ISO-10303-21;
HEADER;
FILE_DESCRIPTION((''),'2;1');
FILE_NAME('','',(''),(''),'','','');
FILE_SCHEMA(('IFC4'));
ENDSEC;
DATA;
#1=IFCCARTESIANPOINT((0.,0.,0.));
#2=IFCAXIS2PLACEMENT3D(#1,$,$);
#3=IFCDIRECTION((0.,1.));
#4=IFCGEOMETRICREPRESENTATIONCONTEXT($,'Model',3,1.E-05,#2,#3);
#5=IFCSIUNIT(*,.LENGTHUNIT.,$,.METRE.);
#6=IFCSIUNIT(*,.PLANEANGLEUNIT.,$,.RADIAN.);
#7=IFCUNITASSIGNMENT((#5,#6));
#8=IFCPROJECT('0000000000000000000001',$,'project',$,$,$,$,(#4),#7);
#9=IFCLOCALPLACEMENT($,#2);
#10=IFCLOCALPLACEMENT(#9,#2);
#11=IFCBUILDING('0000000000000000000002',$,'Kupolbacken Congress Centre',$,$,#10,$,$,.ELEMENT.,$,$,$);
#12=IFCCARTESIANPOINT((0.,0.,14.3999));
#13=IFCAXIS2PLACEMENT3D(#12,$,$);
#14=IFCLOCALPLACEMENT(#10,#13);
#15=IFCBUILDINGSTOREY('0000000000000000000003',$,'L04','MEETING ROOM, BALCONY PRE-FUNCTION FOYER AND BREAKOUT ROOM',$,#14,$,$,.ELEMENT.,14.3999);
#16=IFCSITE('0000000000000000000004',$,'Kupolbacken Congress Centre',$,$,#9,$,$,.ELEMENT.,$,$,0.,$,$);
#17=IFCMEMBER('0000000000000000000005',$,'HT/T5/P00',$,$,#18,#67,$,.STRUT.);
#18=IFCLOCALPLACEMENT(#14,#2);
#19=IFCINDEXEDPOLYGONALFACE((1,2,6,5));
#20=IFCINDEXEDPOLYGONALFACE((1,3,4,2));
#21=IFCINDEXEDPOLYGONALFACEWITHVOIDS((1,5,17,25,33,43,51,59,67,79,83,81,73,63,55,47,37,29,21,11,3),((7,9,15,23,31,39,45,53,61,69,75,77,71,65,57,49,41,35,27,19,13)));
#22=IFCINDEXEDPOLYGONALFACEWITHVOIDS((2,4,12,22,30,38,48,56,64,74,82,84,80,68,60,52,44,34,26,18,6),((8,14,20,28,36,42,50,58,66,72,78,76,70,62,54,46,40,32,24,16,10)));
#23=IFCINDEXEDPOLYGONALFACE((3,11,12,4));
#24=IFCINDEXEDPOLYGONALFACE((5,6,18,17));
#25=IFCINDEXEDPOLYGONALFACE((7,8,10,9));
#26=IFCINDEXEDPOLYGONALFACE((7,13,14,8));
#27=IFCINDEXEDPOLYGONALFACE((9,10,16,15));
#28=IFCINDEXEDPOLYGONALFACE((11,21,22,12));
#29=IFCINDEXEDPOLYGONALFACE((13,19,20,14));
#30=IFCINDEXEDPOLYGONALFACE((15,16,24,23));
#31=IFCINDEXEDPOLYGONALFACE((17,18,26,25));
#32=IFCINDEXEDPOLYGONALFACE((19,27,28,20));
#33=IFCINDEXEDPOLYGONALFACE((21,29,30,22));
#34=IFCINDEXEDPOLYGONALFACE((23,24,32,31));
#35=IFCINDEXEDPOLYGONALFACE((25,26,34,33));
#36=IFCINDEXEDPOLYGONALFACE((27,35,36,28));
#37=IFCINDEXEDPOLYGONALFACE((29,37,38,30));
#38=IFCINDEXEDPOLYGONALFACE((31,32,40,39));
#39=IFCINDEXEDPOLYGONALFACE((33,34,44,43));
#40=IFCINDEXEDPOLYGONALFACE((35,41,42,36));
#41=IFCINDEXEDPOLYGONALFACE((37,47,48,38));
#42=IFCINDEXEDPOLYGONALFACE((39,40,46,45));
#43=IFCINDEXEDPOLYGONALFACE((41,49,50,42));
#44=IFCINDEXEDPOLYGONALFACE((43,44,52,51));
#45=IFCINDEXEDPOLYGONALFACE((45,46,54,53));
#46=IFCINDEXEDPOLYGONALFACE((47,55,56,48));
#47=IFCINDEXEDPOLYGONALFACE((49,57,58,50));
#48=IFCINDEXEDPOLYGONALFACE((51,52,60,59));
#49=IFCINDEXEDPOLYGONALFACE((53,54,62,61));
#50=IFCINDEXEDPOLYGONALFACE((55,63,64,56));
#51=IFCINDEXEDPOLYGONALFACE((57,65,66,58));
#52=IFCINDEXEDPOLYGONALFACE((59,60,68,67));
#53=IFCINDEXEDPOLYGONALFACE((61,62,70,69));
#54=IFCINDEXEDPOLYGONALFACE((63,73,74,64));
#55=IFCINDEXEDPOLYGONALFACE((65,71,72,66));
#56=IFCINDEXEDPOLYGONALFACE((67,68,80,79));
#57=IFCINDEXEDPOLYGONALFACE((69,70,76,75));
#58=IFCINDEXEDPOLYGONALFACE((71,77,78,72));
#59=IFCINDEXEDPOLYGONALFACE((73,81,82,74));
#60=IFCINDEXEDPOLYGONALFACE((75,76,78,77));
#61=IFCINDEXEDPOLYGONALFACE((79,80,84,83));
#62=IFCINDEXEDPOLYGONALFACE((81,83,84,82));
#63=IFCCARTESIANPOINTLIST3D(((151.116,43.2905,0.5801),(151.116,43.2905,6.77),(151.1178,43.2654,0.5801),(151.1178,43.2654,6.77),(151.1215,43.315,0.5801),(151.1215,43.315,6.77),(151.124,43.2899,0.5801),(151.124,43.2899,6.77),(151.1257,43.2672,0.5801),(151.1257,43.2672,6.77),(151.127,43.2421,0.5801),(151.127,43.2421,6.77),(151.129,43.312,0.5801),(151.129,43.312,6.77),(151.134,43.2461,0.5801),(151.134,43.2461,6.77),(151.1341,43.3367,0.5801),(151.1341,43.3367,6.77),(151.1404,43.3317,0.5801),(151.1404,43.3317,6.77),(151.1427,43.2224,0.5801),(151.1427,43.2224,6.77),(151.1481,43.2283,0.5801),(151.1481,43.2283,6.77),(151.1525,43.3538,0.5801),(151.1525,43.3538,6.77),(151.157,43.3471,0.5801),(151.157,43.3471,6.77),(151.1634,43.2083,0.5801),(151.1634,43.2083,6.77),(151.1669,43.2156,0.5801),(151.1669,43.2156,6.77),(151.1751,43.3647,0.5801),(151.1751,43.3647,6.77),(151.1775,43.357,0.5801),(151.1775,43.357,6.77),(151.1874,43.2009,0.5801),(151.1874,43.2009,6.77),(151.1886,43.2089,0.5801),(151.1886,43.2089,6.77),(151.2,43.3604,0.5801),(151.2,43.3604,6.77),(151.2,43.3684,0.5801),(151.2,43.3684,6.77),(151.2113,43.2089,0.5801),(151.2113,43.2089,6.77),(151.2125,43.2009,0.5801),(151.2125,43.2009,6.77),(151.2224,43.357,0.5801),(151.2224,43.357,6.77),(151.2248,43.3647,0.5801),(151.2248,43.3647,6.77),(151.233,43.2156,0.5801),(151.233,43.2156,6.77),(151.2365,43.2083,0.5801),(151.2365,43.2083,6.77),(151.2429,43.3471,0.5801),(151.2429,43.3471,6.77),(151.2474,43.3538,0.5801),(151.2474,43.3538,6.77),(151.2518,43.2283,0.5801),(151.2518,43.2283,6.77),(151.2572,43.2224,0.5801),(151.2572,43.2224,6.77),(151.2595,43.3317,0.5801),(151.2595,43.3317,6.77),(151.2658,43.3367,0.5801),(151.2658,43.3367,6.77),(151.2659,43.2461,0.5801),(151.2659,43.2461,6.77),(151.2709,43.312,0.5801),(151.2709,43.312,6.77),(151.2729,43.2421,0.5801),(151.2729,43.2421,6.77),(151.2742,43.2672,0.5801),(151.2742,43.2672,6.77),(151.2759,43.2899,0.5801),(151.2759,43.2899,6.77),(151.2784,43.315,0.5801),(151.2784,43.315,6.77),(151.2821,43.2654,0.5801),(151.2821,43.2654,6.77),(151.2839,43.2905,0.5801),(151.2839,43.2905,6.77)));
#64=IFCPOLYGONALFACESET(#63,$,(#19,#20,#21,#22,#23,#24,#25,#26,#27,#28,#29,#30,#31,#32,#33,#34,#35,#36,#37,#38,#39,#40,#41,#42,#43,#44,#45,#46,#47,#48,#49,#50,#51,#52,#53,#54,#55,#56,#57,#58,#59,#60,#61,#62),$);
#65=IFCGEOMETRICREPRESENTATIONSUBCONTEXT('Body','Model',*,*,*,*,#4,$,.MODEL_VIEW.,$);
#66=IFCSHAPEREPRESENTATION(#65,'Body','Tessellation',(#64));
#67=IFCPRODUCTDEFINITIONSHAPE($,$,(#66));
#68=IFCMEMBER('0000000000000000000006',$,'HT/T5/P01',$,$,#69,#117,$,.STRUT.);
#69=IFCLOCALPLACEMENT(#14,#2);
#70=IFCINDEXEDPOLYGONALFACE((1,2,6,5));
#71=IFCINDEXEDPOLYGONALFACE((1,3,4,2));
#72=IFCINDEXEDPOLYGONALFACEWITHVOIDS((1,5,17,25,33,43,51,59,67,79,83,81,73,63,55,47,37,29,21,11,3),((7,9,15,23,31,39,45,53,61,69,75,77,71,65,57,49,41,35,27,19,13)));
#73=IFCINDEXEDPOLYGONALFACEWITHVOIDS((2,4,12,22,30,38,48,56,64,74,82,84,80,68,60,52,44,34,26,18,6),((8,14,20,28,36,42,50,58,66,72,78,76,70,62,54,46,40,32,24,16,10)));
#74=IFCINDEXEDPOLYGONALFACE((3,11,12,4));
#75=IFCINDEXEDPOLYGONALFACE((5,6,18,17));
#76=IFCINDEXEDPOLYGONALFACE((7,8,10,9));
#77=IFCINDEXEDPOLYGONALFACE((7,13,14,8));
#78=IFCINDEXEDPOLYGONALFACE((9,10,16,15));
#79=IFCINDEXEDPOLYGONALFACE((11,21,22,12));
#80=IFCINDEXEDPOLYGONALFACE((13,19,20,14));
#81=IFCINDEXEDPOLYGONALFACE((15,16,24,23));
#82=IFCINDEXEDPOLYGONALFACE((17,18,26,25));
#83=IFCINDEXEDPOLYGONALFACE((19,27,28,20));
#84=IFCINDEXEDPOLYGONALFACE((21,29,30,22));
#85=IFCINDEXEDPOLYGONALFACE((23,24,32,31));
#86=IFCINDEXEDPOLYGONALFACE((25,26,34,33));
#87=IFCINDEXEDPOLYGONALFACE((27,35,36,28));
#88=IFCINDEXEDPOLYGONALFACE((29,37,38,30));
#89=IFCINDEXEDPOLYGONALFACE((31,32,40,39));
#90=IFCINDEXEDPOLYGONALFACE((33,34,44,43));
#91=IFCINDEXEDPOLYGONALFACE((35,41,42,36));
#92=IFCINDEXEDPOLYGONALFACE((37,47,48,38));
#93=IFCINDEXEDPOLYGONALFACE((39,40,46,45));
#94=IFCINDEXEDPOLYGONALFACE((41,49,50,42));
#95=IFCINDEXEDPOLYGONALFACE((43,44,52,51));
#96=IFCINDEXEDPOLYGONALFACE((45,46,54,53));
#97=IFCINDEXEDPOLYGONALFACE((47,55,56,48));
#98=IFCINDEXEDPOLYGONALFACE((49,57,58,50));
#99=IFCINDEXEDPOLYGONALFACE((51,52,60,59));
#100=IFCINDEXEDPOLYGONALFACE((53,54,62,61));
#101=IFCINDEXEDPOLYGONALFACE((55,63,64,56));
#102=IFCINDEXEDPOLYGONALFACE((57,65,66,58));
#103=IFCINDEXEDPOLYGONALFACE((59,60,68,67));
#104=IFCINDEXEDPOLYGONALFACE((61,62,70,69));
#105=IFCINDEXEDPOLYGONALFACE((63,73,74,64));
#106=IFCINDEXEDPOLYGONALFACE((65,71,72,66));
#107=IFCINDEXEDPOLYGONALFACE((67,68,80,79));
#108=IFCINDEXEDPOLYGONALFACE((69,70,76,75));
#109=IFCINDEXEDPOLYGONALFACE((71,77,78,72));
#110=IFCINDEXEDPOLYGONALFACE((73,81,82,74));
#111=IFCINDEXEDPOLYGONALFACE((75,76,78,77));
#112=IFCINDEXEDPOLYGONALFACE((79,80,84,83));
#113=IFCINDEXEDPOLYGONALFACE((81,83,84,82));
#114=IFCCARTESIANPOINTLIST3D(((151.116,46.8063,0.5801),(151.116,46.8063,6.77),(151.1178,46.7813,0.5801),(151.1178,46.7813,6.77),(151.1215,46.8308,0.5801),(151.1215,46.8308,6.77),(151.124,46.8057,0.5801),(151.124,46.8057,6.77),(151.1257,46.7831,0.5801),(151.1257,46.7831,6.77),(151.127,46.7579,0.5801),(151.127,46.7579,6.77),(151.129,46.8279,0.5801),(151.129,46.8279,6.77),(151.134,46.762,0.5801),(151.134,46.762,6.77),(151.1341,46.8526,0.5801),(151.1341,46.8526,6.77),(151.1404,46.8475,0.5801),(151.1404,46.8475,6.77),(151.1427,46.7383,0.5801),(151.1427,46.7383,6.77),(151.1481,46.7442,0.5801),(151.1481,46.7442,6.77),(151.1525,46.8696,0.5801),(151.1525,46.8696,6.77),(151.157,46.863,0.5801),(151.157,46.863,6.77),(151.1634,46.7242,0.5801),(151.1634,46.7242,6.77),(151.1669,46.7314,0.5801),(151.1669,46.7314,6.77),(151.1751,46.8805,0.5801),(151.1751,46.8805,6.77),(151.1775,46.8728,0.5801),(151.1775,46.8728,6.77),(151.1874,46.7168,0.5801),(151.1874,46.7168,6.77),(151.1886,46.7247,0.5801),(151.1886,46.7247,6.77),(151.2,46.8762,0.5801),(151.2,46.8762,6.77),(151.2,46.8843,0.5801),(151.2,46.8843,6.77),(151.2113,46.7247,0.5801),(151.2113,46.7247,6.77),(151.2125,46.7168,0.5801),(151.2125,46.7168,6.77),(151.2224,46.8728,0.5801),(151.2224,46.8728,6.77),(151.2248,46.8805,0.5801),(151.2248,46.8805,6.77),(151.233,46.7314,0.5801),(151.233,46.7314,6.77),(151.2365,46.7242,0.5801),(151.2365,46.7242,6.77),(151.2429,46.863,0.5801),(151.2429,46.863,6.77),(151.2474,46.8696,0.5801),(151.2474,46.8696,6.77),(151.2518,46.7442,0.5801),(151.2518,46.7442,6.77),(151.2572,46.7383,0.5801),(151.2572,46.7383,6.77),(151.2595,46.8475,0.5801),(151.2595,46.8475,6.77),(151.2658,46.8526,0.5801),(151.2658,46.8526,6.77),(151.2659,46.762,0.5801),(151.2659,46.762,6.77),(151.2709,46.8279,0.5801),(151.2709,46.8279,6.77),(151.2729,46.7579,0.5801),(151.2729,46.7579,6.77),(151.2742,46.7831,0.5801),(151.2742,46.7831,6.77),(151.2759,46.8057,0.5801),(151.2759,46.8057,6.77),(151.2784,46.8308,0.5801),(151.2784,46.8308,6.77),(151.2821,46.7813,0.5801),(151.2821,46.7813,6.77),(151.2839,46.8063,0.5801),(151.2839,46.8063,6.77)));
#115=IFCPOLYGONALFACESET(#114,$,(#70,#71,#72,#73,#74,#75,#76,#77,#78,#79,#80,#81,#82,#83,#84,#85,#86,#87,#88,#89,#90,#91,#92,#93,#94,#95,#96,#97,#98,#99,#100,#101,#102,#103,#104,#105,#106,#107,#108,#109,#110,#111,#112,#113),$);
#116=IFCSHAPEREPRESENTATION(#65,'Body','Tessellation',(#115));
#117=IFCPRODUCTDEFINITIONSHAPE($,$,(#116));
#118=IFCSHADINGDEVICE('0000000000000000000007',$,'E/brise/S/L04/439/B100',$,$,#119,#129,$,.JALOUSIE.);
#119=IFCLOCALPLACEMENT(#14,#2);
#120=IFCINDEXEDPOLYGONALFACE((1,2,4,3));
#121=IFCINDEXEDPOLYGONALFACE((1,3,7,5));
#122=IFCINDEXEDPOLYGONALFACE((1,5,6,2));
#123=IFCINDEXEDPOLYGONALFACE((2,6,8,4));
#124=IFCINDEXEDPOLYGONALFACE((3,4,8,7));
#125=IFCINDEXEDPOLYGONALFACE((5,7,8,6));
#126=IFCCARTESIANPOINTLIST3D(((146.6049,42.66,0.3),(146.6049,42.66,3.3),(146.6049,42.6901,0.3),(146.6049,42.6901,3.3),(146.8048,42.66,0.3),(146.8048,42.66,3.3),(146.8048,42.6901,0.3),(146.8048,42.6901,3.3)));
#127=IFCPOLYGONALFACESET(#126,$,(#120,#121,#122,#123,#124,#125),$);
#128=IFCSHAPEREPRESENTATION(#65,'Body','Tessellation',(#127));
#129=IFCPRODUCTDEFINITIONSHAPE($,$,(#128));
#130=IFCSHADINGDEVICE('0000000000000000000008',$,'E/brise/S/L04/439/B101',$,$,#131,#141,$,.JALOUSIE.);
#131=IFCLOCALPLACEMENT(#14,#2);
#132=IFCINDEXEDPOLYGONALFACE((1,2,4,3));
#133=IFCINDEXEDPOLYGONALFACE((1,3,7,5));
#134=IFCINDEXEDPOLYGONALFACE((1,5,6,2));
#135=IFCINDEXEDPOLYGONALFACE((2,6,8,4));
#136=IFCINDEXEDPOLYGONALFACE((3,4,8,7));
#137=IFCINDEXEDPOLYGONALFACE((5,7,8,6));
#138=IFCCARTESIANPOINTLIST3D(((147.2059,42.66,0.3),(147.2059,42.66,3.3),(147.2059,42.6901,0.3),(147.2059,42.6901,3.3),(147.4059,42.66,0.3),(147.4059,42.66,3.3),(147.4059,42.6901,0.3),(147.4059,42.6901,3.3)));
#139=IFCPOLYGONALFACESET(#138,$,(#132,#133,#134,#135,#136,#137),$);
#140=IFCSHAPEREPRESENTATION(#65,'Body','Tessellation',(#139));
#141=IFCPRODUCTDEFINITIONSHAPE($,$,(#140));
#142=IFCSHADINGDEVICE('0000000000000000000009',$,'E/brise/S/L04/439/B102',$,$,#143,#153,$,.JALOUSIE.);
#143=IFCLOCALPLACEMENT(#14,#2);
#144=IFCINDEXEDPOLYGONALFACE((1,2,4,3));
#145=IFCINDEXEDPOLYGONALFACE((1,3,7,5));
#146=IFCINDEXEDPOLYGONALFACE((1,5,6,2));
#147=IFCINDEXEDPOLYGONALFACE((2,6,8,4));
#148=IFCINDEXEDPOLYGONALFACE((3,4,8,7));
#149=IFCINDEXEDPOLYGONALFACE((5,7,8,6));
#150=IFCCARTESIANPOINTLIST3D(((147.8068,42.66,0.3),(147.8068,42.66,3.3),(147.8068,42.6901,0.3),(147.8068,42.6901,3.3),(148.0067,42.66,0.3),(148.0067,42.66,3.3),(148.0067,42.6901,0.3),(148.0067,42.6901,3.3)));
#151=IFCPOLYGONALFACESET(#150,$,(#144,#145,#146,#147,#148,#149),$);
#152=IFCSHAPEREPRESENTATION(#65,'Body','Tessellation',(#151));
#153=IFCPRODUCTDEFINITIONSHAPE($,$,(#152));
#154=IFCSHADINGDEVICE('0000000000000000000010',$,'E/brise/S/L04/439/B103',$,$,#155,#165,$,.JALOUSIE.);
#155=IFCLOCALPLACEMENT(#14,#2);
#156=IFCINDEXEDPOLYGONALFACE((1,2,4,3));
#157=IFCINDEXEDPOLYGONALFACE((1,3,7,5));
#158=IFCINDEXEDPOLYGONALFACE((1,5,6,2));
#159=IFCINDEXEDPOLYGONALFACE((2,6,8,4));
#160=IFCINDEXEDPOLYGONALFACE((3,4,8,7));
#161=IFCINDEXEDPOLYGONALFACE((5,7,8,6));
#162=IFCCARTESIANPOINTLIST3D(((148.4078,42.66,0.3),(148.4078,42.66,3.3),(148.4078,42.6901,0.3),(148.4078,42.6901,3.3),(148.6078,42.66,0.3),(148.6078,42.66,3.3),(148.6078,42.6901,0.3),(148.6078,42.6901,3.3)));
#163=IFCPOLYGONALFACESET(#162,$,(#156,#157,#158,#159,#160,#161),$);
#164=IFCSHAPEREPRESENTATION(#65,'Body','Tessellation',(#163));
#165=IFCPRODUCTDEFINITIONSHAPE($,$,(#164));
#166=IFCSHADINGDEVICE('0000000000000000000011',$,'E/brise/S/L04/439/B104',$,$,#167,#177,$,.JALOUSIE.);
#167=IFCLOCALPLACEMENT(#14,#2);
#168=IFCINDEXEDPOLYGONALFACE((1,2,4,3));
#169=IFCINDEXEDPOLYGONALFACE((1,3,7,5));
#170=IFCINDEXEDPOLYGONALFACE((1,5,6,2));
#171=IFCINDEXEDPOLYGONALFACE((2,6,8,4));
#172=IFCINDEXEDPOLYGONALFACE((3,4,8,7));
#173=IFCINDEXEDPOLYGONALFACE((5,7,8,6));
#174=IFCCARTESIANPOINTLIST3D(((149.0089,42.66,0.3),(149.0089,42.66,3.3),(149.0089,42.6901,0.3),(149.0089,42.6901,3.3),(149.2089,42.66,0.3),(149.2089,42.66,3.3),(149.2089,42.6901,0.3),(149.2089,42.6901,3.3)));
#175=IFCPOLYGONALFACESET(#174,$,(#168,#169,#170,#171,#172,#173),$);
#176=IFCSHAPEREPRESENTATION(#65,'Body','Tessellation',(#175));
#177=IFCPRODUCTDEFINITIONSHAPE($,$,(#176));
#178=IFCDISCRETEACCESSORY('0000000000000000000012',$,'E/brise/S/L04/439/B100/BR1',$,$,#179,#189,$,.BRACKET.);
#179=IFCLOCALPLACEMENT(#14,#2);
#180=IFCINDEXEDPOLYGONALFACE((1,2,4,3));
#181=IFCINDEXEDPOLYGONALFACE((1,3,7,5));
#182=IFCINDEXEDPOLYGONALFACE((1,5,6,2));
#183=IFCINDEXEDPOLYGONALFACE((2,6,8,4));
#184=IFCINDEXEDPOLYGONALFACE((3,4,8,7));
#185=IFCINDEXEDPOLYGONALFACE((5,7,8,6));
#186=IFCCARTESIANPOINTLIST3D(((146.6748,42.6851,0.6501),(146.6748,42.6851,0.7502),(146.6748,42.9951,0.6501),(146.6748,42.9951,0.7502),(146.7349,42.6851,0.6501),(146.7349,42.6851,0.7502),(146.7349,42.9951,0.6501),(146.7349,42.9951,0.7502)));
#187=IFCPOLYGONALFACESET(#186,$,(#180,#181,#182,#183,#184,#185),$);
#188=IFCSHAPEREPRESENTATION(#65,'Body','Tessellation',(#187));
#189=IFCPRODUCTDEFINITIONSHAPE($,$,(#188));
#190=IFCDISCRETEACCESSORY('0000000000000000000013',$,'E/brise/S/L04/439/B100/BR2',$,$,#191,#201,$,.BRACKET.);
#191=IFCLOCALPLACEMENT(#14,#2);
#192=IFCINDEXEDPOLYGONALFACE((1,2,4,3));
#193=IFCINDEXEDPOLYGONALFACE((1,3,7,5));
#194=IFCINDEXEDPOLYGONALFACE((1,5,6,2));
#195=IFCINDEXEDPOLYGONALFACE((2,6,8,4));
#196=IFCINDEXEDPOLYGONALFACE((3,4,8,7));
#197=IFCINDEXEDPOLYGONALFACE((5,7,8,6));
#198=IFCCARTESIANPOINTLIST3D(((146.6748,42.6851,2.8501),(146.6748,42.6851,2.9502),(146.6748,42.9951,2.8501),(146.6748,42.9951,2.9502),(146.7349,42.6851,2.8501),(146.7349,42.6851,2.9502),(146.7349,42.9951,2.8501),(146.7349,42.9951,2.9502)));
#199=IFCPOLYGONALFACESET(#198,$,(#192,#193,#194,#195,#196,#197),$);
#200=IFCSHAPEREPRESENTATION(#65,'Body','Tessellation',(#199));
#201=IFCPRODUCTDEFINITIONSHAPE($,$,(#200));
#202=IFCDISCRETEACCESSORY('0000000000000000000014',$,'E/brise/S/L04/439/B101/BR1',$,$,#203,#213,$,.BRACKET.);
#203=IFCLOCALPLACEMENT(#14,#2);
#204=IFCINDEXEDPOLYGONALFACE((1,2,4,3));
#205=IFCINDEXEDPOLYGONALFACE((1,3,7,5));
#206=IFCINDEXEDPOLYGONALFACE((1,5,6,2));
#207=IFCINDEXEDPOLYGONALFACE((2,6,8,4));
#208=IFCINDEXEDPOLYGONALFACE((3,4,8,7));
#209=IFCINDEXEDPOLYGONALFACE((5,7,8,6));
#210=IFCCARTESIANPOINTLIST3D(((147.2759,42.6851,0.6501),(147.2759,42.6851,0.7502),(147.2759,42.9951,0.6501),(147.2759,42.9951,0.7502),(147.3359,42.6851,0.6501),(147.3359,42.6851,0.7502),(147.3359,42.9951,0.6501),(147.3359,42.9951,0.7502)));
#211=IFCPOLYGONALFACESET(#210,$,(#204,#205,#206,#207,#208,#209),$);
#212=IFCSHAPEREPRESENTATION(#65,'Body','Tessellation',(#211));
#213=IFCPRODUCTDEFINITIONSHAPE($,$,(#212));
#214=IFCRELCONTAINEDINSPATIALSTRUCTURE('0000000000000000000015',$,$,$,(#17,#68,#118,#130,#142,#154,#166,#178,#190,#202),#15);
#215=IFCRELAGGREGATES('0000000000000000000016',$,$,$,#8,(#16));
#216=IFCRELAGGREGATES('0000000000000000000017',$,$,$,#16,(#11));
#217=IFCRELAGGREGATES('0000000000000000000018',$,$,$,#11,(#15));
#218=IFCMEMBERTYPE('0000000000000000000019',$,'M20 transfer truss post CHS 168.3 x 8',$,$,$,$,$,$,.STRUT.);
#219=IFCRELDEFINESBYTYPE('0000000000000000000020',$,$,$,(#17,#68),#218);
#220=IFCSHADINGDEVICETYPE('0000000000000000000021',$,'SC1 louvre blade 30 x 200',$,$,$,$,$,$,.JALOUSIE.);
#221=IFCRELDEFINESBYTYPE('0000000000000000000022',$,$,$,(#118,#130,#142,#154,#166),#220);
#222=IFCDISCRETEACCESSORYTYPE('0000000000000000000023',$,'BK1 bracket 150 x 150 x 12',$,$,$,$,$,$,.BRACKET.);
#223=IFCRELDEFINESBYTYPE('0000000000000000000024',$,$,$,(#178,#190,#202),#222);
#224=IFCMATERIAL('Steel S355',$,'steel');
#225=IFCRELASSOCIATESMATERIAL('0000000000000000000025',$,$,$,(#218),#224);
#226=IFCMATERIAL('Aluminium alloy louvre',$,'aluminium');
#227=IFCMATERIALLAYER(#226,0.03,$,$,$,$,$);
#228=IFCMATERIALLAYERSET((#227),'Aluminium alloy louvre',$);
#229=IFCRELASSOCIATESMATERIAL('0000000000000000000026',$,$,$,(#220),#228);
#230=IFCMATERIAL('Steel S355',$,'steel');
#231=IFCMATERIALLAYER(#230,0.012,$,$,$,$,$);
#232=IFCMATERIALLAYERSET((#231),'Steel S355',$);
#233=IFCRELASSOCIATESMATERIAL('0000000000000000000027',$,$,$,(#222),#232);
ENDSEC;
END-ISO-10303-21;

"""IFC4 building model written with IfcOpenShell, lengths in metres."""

from ifc_helpers import new_model, si_unit, direction, frame, origin, origin_2d, place, context, subcontext, project, spatial, rectangle, hollow_circle, extrude, material, layer, layer_set, material_profile, profile_set, type_object, element, save


model = new_model("IFC4")

# Units and contexts
model_context = context("Model", 3, precision=1e-05, world=origin(), true_north=direction((0.0, 1.0)))
body_context = subcontext(model_context, "Body", "Model", "MODEL_VIEW")
ifc_project = project(units=[si_unit("LENGTHUNIT", "METRE"), si_unit("PLANEANGLEUNIT", "RADIAN")], contexts=[model_context])

# Site, building, storey
site_placement = place(None, origin())
site = spatial("IfcSite", under=ifc_project, at=site_placement, Name="Kupolbacken Congress Centre", CompositionType="ELEMENT", RefElevation=0.0)
building_placement = place(site_placement, origin())
building = spatial("IfcBuilding", under=site, at=building_placement, Name="Kupolbacken Congress Centre", CompositionType="ELEMENT")
storey_placement = place(building_placement, frame((0.0, 0.0, 14.3999)))
storey = spatial("IfcBuildingStorey", under=building, at=storey_placement, Name="L04", Description="MEETING ROOM, BALCONY PRE-FUNCTION FOYER AND BREAKOUT ROOM", CompositionType="ELEMENT", Elevation=14.3999)

# Members
ifc_material_1 = material(Name="Steel S355", Category="steel")
ifc_material_profile_1 = material_profile(ifc_material_1, hollow_circle(Radius=0.0842, WallThickness=0.0081, at=origin_2d()), Name="CHS 168.3 x 8")
ifc_profile_set_1 = profile_set([ifc_material_profile_1], Name="Steel S355")
member_type_1 = type_object("IfcMemberType", Name="M20 transfer truss post CHS 168.3 x 8", PredefinedType="STRUT", material=ifc_profile_set_1)
for number, where, z_axis, x_axis, name in (
    (1, (151.2, 43.2842, 0.5801), (0.0, 0.0, 1.0), (0.0, 1.0, 0.0), "HT/T5/P00"),
    (2, (151.2, 46.8, 0.5801), (0.0, 0.0, 1.0), (0.0, 1.0, 0.0), "HT/T5/P01"),
):
    element("IfcMember", number, at=place(storey_placement, frame(where, z_axis=z_axis, x_axis=x_axis)), inside=storey, type_object=member_type_1, Name=name, PredefinedType="STRUT", context=body_context, shape_type="SweptSolid", body=[
        extrude(hollow_circle(Radius=0.0842, WallThickness=0.0081, at=origin_2d()), origin(), (0.0, 0.0, 1.0), 6.1899),
    ])

# Shading devices
ifc_material_2 = material(Name="Aluminium alloy louvre", Category="aluminium")
ifc_layer_1 = layer(ifc_material_2, 0.03)
ifc_layer_set_1 = layer_set([ifc_layer_1], Name="Aluminium alloy louvre")
shading_device_type = type_object("IfcShadingDeviceType", Name="SC1 louvre blade 30 x 200", PredefinedType="JALOUSIE", material=ifc_layer_set_1)
for number, where, z_axis, x_axis, name in (
    (3, (146.7048, 42.675, 0.3), (0.0, 0.0, 1.0), (1.0, 0.0, 0.0), "E/brise/S/L04/439/B100"),
    (4, (147.3059, 42.675, 0.3), (0.0, 0.0, 1.0), (1.0, 0.0, 0.0), "E/brise/S/L04/439/B101"),
    (5, (147.9067, 42.675, 0.3), (0.0, 0.0, 1.0), (1.0, 0.0, 0.0), "E/brise/S/L04/439/B102"),
    (6, (148.5078, 42.675, 0.3), (0.0, 0.0, 1.0), (1.0, 0.0, 0.0), "E/brise/S/L04/439/B103"),
    (7, (149.1089, 42.675, 0.3), (0.0, 0.0, 1.0), (1.0, 0.0, 0.0), "E/brise/S/L04/439/B104"),
):
    element("IfcShadingDevice", number, at=place(storey_placement, frame(where, z_axis=z_axis, x_axis=x_axis)), inside=storey, type_object=shading_device_type, Name=name, PredefinedType="JALOUSIE", context=body_context, shape_type="SweptSolid", body=[
        extrude(rectangle(XDim=0.2, YDim=0.03, at=origin_2d()), origin(), (0.0, 0.0, 1.0), 3.0),
    ])

# Discrete accessories
ifc_material_3 = material(Name="Steel S355", Category="steel")
ifc_layer_2 = layer(ifc_material_3, 0.012)
ifc_layer_set_2 = layer_set([ifc_layer_2], Name="Steel S355")
discrete_accessory_type = type_object("IfcDiscreteAccessoryType", Name="BK1 bracket 150 x 150 x 12", PredefinedType="BRACKET", material=ifc_layer_set_2)
for number, where, z_axis, x_axis, name in (
    (8, (146.7048, 42.8401, 0.6501), (0.0, 0.0, 1.0), (1.0, 0.0, 0.0), "E/brise/S/L04/439/B100/BR1"),
    (9, (146.7048, 42.8401, 2.8501), (0.0, 0.0, 1.0), (1.0, 0.0, 0.0), "E/brise/S/L04/439/B100/BR2"),
    (10, (147.3059, 42.8401, 0.6501), (0.0, 0.0, 1.0), (1.0, 0.0, 0.0), "E/brise/S/L04/439/B101/BR1"),
):
    element("IfcDiscreteAccessory", number, at=place(storey_placement, frame(where, z_axis=z_axis, x_axis=x_axis)), inside=storey, type_object=discrete_accessory_type, Name=name, PredefinedType="BRACKET", context=body_context, shape_type="SweptSolid", body=[
        extrude(rectangle(XDim=0.0601, YDim=0.3101, at=origin_2d()), origin(), (0.0, 0.0, 1.0), 0.1001),
    ])

save(model, "model.ifc")
